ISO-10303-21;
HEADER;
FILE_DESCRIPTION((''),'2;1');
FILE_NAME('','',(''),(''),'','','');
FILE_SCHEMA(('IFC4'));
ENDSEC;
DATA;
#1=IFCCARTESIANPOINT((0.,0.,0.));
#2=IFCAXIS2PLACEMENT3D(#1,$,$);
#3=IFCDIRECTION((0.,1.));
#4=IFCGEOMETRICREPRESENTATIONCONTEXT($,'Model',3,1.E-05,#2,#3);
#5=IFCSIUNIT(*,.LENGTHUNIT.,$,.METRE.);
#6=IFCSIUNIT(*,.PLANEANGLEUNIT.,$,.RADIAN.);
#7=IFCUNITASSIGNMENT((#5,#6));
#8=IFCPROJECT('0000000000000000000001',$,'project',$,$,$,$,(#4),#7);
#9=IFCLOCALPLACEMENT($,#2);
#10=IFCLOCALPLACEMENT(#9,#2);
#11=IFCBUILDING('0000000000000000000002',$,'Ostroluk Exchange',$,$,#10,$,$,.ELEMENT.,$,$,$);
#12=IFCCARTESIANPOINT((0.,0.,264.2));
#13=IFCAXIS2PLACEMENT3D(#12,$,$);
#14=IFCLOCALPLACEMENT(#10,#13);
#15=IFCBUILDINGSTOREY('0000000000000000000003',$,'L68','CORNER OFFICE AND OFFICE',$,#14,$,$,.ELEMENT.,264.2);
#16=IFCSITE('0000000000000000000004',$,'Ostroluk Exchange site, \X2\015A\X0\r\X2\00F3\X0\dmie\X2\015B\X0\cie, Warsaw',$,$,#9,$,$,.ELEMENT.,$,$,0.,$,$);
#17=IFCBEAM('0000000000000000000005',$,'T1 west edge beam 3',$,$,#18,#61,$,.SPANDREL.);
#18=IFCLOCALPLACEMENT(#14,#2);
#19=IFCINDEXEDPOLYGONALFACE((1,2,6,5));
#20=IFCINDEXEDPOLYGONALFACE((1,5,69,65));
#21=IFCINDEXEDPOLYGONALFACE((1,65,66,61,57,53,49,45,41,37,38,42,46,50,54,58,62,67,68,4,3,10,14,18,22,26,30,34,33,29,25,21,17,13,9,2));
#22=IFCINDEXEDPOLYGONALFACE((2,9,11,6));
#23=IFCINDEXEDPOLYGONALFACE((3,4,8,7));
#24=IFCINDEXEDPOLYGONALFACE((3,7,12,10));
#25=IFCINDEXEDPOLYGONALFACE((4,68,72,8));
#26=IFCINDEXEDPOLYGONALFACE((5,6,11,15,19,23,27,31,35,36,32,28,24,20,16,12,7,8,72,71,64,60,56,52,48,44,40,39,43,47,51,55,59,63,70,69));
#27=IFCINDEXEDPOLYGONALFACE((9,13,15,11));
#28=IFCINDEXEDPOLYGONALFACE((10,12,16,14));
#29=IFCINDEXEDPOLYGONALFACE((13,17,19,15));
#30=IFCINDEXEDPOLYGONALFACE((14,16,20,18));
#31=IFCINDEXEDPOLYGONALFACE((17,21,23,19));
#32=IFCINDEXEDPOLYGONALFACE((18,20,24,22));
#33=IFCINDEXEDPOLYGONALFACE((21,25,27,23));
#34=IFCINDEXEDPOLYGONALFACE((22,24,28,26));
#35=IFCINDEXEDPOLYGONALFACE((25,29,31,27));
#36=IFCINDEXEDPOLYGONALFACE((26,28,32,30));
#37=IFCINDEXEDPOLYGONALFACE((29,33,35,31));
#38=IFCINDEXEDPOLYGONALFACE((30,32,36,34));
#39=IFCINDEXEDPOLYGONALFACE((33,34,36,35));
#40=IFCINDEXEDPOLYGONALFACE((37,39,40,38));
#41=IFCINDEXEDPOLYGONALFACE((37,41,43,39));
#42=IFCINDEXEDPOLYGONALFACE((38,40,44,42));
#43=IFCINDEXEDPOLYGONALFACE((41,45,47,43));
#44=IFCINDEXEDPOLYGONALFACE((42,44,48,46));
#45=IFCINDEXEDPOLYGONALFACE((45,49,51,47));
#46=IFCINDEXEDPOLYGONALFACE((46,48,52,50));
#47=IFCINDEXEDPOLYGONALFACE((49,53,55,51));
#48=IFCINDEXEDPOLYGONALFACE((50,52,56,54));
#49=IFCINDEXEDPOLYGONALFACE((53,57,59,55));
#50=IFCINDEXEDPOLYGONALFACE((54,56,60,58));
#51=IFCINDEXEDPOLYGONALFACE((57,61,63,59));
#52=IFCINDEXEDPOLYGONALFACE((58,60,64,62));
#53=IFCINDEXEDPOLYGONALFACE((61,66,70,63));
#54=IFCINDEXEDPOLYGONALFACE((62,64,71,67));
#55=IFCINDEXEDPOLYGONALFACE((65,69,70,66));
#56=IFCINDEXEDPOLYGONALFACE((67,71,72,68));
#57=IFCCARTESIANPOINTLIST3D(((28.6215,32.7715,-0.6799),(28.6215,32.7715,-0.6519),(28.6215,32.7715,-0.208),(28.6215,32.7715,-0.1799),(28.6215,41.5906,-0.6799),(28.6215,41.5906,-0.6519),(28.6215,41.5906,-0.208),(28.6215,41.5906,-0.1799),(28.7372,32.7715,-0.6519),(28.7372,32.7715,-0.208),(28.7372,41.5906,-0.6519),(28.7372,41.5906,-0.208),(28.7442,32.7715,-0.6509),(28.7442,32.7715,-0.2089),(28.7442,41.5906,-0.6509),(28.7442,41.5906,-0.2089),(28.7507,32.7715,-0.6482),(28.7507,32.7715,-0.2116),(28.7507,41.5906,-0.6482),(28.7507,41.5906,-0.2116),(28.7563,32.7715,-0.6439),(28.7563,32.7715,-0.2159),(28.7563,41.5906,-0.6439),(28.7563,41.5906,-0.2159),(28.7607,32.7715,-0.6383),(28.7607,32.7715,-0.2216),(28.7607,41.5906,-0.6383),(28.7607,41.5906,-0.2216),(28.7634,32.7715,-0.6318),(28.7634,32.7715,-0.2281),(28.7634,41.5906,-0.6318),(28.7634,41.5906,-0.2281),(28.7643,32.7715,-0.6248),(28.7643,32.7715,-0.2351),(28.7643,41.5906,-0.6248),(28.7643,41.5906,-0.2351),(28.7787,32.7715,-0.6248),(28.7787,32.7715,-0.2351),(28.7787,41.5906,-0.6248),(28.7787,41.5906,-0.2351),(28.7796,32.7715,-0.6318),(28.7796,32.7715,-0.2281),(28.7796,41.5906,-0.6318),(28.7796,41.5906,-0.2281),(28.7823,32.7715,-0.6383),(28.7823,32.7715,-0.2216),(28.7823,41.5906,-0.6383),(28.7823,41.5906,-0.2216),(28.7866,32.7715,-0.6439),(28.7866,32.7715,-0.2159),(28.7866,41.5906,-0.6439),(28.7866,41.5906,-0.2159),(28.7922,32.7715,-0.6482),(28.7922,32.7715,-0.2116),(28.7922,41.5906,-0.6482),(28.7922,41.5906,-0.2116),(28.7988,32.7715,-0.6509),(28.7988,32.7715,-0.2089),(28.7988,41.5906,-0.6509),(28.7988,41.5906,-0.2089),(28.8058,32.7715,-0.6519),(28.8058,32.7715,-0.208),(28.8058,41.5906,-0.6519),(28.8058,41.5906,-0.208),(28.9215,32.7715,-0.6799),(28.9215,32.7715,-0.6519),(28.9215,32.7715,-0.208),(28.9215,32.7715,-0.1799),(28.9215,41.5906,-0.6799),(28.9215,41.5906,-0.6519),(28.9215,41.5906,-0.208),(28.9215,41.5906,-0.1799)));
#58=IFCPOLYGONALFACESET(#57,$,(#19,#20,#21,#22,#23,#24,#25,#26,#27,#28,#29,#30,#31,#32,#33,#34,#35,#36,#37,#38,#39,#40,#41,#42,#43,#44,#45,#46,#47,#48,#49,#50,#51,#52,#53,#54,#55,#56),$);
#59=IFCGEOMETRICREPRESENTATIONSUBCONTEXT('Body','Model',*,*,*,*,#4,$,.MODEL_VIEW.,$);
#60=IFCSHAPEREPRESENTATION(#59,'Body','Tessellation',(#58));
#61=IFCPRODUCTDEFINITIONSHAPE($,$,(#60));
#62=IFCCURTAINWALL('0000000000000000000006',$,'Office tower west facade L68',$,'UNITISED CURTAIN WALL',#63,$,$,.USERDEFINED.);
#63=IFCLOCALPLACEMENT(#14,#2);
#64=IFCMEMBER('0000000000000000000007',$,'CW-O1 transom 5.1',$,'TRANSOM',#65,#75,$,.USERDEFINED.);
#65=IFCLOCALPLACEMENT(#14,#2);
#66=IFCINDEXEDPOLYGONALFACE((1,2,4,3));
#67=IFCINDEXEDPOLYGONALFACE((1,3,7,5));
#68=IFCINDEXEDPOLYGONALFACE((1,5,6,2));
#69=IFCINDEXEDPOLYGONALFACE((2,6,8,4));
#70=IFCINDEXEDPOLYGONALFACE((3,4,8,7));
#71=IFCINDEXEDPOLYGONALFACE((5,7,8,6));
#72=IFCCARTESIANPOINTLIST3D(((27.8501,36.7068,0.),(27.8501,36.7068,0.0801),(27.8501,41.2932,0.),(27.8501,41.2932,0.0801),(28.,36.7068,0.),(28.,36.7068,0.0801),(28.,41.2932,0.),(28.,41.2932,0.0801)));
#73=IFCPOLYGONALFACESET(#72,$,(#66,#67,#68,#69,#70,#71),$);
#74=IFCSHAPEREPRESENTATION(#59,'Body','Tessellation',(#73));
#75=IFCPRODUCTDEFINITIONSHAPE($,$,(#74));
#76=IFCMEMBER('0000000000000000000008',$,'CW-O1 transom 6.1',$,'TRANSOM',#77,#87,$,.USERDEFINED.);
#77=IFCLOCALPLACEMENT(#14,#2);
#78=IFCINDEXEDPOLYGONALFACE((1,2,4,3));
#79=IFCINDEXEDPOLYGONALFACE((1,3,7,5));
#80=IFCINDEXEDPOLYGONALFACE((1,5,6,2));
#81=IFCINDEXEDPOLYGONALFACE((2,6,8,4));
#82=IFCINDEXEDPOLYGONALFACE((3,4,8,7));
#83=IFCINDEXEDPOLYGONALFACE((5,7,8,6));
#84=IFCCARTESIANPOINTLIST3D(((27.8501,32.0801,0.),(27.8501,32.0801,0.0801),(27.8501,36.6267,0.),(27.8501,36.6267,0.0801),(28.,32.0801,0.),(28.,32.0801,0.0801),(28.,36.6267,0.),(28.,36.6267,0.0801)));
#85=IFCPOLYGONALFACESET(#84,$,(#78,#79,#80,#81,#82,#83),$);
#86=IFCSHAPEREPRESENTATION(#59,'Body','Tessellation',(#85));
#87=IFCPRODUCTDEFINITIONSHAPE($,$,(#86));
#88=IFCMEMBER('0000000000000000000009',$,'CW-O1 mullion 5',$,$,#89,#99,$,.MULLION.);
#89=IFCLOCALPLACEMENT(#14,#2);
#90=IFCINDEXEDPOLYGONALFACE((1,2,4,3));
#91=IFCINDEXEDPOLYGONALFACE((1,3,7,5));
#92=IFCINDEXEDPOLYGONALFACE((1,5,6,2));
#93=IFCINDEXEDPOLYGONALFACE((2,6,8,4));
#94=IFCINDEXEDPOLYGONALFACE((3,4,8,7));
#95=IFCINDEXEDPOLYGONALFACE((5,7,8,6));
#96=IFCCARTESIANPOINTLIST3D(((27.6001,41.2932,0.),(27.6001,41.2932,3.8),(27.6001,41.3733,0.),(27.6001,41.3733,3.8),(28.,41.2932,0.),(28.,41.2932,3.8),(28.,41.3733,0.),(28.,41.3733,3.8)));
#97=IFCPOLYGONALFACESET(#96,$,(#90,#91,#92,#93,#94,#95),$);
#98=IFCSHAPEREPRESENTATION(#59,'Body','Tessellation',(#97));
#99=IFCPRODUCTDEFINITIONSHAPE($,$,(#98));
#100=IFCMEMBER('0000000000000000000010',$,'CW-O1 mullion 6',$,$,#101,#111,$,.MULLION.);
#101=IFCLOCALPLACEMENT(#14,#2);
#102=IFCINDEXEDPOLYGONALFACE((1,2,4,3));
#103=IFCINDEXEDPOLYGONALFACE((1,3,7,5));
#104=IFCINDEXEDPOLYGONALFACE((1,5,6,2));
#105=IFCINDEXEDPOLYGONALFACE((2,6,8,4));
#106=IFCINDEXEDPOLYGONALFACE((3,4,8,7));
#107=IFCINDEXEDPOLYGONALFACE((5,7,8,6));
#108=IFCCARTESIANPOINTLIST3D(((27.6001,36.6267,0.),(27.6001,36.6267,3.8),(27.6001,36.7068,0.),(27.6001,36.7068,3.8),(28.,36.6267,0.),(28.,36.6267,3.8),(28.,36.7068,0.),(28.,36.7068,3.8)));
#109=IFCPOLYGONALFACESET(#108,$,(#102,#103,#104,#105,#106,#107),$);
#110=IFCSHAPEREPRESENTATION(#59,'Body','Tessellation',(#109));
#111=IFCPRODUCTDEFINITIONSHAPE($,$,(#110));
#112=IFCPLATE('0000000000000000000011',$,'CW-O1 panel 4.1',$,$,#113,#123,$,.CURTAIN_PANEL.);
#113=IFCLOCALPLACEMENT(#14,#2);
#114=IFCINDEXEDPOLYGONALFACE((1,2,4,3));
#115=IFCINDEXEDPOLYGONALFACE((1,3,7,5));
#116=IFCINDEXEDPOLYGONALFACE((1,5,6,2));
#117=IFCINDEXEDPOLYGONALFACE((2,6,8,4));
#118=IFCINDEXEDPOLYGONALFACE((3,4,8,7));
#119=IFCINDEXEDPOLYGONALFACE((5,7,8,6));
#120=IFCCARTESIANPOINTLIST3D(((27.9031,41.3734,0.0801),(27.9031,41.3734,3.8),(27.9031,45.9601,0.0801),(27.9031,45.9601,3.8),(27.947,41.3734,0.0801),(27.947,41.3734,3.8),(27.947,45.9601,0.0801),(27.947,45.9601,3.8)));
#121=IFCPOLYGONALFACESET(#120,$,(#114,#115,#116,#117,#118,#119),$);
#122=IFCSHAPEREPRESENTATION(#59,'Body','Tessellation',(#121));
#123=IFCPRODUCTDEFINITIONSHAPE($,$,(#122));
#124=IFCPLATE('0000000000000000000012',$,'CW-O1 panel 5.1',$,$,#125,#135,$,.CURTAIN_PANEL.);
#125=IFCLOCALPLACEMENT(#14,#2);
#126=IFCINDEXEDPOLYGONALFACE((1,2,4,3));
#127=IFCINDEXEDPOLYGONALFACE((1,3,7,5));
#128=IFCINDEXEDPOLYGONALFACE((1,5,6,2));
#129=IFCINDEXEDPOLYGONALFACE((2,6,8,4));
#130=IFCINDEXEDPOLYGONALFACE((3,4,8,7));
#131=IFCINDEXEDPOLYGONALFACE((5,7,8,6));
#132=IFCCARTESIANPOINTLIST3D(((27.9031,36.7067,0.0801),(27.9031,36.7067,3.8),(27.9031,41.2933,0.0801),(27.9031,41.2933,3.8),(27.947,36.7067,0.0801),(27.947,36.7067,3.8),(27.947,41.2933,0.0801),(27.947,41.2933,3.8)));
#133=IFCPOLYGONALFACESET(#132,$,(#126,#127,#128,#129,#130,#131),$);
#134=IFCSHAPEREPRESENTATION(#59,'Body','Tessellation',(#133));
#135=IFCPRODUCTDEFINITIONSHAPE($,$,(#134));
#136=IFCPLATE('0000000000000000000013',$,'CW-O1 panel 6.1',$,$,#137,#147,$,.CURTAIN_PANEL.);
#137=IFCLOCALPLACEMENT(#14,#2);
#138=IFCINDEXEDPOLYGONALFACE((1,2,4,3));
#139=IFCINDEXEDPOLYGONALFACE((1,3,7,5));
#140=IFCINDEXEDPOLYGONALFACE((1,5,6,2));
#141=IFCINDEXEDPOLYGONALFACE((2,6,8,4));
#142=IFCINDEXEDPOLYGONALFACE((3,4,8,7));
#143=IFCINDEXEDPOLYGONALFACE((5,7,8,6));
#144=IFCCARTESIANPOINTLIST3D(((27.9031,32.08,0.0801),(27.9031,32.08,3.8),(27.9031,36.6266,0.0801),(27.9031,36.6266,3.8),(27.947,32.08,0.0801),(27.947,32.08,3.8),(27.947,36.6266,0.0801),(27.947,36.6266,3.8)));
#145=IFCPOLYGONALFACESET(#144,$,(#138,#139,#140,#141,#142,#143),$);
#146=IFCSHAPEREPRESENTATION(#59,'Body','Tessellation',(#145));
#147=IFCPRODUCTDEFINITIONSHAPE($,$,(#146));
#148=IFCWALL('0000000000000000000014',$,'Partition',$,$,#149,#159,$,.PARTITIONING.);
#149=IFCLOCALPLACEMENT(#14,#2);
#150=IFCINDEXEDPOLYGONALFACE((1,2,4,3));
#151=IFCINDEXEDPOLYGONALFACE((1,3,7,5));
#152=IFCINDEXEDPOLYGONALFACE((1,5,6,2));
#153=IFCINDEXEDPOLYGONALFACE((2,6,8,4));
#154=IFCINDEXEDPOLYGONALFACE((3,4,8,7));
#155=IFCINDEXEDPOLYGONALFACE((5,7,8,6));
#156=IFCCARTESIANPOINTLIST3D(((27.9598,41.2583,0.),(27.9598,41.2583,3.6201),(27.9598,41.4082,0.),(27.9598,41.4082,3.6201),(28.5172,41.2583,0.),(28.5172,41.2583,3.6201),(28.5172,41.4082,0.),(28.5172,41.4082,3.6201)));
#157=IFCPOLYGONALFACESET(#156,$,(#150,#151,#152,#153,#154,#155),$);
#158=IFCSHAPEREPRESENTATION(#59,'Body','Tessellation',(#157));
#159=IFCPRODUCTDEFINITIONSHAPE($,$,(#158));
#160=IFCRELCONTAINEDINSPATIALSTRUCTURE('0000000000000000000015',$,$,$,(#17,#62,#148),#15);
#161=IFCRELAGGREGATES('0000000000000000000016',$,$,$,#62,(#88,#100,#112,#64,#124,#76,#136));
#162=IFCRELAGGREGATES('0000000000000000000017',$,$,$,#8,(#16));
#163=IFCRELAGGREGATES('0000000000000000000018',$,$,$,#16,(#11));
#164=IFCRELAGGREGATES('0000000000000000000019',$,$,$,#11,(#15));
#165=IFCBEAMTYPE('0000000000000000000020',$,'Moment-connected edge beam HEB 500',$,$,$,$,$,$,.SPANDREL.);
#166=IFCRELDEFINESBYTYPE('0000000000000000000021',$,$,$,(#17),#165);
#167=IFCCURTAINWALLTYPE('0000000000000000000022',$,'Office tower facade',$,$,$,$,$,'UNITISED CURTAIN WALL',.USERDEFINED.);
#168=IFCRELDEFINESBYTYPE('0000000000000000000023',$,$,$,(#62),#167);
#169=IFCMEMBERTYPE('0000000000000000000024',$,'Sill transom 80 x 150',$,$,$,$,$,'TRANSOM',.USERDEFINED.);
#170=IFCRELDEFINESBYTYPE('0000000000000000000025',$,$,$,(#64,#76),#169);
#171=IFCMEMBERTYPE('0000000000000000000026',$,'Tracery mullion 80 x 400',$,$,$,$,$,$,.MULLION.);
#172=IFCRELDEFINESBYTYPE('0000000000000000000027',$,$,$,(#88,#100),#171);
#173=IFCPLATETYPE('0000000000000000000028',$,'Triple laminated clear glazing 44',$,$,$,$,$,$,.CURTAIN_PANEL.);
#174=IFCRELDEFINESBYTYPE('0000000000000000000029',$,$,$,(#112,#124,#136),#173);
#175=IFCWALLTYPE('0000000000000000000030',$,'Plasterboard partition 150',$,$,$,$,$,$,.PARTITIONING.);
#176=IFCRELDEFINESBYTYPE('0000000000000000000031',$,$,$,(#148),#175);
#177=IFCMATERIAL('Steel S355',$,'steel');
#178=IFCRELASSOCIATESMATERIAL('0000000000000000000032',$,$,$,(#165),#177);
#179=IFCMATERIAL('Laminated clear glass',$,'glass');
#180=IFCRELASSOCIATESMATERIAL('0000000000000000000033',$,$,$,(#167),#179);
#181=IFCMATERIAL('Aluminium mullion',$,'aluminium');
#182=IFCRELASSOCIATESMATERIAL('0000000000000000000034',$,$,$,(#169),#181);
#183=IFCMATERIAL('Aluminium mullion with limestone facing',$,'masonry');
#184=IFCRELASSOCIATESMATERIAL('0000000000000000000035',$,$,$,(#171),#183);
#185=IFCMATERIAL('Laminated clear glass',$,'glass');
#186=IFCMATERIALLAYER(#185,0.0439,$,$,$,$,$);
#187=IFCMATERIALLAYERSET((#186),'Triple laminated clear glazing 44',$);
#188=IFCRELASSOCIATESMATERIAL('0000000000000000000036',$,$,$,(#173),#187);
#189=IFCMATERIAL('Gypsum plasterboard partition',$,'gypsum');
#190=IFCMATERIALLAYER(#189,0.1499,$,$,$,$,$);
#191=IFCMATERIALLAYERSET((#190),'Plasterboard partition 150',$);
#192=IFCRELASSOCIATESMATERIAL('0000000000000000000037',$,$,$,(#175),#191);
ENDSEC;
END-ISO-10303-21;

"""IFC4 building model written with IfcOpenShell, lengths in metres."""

from ifc_helpers import new_model, si_unit, direction, frame, frame_2d, origin, origin_2d, place, context, subcontext, project, spatial, rectangle, i_section, extrude, material, layer, layer_set, material_profile, profile_set, type_object, element, aggregate, save


model = new_model("IFC4")

# Units and contexts
model_context = context("Model", 3, precision=1e-05, world=origin(), true_north=direction((0.0, 1.0)))
body_context = subcontext(model_context, "Body", "Model", "MODEL_VIEW")
ifc_project = project(units=[si_unit("LENGTHUNIT", "METRE"), si_unit("PLANEANGLEUNIT", "RADIAN")], contexts=[model_context])

# Site, building, storey
site_placement = place(None, origin())
site = spatial("IfcSite", under=ifc_project, at=site_placement, Name="Ostroluk Exchange site, Śródmieście, Warsaw", CompositionType="ELEMENT", RefElevation=0.0)
building_placement = place(site_placement, origin())
building = spatial("IfcBuilding", under=site, at=building_placement, Name="Ostroluk Exchange", CompositionType="ELEMENT")
storey_placement = place(building_placement, frame((0.0, 0.0, 264.2)))
storey = spatial("IfcBuildingStorey", under=building, at=storey_placement, Name="L68", Description="CORNER OFFICE AND OFFICE", CompositionType="ELEMENT", Elevation=264.2)

# Beam
ifc_material_1 = material(Name="Steel S355", Category="steel")
ifc_material_profile_1 = material_profile(ifc_material_1, i_section(OverallWidth=0.3, OverallDepth=0.5, WebThickness=0.0144, FlangeThickness=0.0281, FilletRadius=0.0271, at=origin_2d()), Name="HEB 500")
ifc_profile_set_1 = profile_set([ifc_material_profile_1], Name="Steel S355")
beam_type_1 = type_object("IfcBeamType", Name="Moment-connected edge beam HEB 500", PredefinedType="SPANDREL", material=ifc_profile_set_1)
beam_1_placement = place(storey_placement, frame((28.7715, 41.5906, -0.4299), z_axis=(0.0, -1.0, 0.0), x_axis=(1.0, 0.0, 0.0)))
element("IfcBeam", 1, at=beam_1_placement, inside=storey, type_object=beam_type_1, Name="T1 west edge beam 3", PredefinedType="SPANDREL", context=body_context, shape_type="SweptSolid", body=[
    extrude(i_section(OverallWidth=0.3, OverallDepth=0.5, WebThickness=0.0144, FlangeThickness=0.0281, FilletRadius=0.0271, at=origin_2d()), origin(), (0.0, 0.0, 1.0), 8.8191),
])

# Curtain wall, members, plates
ifc_material_2 = material(Name="Laminated clear glass", Category="glass")
curtain_wall_type = type_object("IfcCurtainWallType", Name="Office tower facade", ElementType="UNITISED CURTAIN WALL", PredefinedType="USERDEFINED", material=ifc_material_2)
curtain_wall_placement = place(storey_placement, origin())
curtain_wall = element("IfcCurtainWall", 2, at=curtain_wall_placement, inside=storey, type_object=curtain_wall_type, Name="Office tower west facade L68", ObjectType="UNITISED CURTAIN WALL", PredefinedType="USERDEFINED")
ifc_material_3 = material(Name="Aluminium mullion", Category="aluminium")
ifc_material_profile_2 = material_profile(ifc_material_3, rectangle(XDim=0.1499, YDim=0.0801, at=origin_2d()), Name="Sill transom 80 x 150")
ifc_profile_set_2 = profile_set([ifc_material_profile_2], Name="Aluminium mullion")
member_type_1 = type_object("IfcMemberType", Name="Sill transom 80 x 150", ElementType="TRANSOM", PredefinedType="USERDEFINED", material=ifc_profile_set_2)
member_1_placement = place(storey_placement, frame((27.925, 41.2932, 0.04), z_axis=(0.0, -1.0, 0.0), x_axis=(1.0, 0.0, 0.0)))
member_1 = element("IfcMember", 3, at=member_1_placement, type_object=member_type_1, Name="CW-O1 transom 5.1", ObjectType="TRANSOM", PredefinedType="USERDEFINED", context=body_context, shape_type="SweptSolid", body=[
    extrude(rectangle(XDim=0.1499, YDim=0.0801, at=origin_2d()), origin(), (0.0, 0.0, 1.0), 4.5864),
])
member_2_placement = place(storey_placement, frame((27.925, 36.6267, 0.04), z_axis=(0.0, -1.0, 0.0), x_axis=(1.0, 0.0, 0.0)))
member_2 = element("IfcMember", 4, at=member_2_placement, type_object=member_type_1, Name="CW-O1 transom 6.1", ObjectType="TRANSOM", PredefinedType="USERDEFINED", context=body_context, shape_type="SweptSolid", body=[
    extrude(rectangle(XDim=0.1499, YDim=0.0801, at=origin_2d()), origin(), (0.0, 0.0, 1.0), 4.5466),
])
ifc_material_4 = material(Name="Aluminium mullion with limestone facing", Category="masonry")
ifc_material_profile_3 = material_profile(ifc_material_4, rectangle(XDim=0.3999, YDim=0.0801, at=origin_2d()), Name="Tracery mullion 80 x 400")
ifc_profile_set_3 = profile_set([ifc_material_profile_3], Name="Aluminium mullion with limestone facing")
member_type_2 = type_object("IfcMemberType", Name="Tracery mullion 80 x 400", PredefinedType="MULLION", material=ifc_profile_set_3)
member_3_placement = place(storey_placement, frame((27.8, 41.3333, 0.0), z_axis=(0.0, 0.0, 1.0), x_axis=(1.0, 0.0, 0.0)))
member_3 = element("IfcMember", 5, at=member_3_placement, type_object=member_type_2, Name="CW-O1 mullion 5", PredefinedType="MULLION", context=body_context, shape_type="SweptSolid", body=[
    extrude(rectangle(XDim=0.3999, YDim=0.0801, at=origin_2d()), origin(), (0.0, 0.0, 1.0), 3.8),
])
member_4_placement = place(storey_placement, frame((27.8, 36.6667, 0.0), z_axis=(0.0, 0.0, 1.0), x_axis=(1.0, 0.0, 0.0)))
member_4 = element("IfcMember", 6, at=member_4_placement, type_object=member_type_2, Name="CW-O1 mullion 6", PredefinedType="MULLION", context=body_context, shape_type="SweptSolid", body=[
    extrude(rectangle(XDim=0.3999, YDim=0.0801, at=origin_2d()), origin(), (0.0, 0.0, 1.0), 3.8),
])
ifc_material_5 = material(Name="Laminated clear glass", Category="glass")
ifc_layer_1 = layer(ifc_material_5, 0.0439)
ifc_layer_set_1 = layer_set([ifc_layer_1], Name="Triple laminated clear glazing 44")
plate_type = type_object("IfcPlateType", Name="Triple laminated clear glazing 44", PredefinedType="CURTAIN_PANEL", material=ifc_layer_set_1)
plate_1_placement = place(storey_placement, frame((27.925, 43.6667, 0.0801), z_axis=(0.0, 0.0, 1.0), x_axis=(0.0, -1.0, 0.0)))
plate_1 = element("IfcPlate", 7, at=plate_1_placement, type_object=plate_type, Name="CW-O1 panel 4.1", PredefinedType="CURTAIN_PANEL", context=body_context, shape_type="SweptSolid", body=[
    extrude(rectangle(XDim=4.5867, YDim=0.0439, at=origin_2d()), origin(), (0.0, 0.0, 1.0), 3.72),
])
plate_2_placement = place(storey_placement, frame((27.925, 39.0, 0.0801), z_axis=(0.0, 0.0, 1.0), x_axis=(0.0, -1.0, 0.0)))
plate_2 = element("IfcPlate", 8, at=plate_2_placement, type_object=plate_type, Name="CW-O1 panel 5.1", PredefinedType="CURTAIN_PANEL", context=body_context, shape_type="SweptSolid", body=[
    extrude(rectangle(XDim=4.5867, YDim=0.0439, at=origin_2d()), origin(), (0.0, 0.0, 1.0), 3.72),
])
plate_3_placement = place(storey_placement, frame((27.925, 34.3533, 0.0801), z_axis=(0.0, 0.0, 1.0), x_axis=(0.0, -1.0, 0.0)))
plate_3 = element("IfcPlate", 9, at=plate_3_placement, type_object=plate_type, Name="CW-O1 panel 6.1", PredefinedType="CURTAIN_PANEL", context=body_context, shape_type="SweptSolid", body=[
    extrude(rectangle(XDim=4.5466, YDim=0.0439, at=origin_2d()), origin(), (0.0, 0.0, 1.0), 3.72),
])
aggregate(curtain_wall, [member_3, member_4, plate_1, member_1, plate_2, member_2, plate_3])

# Wall
ifc_material_6 = material(Name="Gypsum plasterboard partition", Category="gypsum")
ifc_layer_2 = layer(ifc_material_6, 0.1499)
ifc_layer_set_2 = layer_set([ifc_layer_2], Name="Plasterboard partition 150")
wall_type_1 = type_object("IfcWallType", Name="Plasterboard partition 150", PredefinedType="PARTITIONING", material=ifc_layer_set_2)
wall_1_placement = place(storey_placement, frame((28.5173, 41.3333, 0.0), z_axis=(0.0, 0.0, 1.0), x_axis=(-1.0, 0.0, 0.0)))
element("IfcWall", 10, at=wall_1_placement, inside=storey, type_object=wall_type_1, Name="Partition", PredefinedType="PARTITIONING", context=body_context, shape_type="SweptSolid", body=[
    extrude(rectangle(XDim=0.5574, YDim=0.1499, at=frame_2d((0.2788, 0.0))), origin(), (0.0, 0.0, 1.0), 3.6201),
])

save(model, "model.ifc")
